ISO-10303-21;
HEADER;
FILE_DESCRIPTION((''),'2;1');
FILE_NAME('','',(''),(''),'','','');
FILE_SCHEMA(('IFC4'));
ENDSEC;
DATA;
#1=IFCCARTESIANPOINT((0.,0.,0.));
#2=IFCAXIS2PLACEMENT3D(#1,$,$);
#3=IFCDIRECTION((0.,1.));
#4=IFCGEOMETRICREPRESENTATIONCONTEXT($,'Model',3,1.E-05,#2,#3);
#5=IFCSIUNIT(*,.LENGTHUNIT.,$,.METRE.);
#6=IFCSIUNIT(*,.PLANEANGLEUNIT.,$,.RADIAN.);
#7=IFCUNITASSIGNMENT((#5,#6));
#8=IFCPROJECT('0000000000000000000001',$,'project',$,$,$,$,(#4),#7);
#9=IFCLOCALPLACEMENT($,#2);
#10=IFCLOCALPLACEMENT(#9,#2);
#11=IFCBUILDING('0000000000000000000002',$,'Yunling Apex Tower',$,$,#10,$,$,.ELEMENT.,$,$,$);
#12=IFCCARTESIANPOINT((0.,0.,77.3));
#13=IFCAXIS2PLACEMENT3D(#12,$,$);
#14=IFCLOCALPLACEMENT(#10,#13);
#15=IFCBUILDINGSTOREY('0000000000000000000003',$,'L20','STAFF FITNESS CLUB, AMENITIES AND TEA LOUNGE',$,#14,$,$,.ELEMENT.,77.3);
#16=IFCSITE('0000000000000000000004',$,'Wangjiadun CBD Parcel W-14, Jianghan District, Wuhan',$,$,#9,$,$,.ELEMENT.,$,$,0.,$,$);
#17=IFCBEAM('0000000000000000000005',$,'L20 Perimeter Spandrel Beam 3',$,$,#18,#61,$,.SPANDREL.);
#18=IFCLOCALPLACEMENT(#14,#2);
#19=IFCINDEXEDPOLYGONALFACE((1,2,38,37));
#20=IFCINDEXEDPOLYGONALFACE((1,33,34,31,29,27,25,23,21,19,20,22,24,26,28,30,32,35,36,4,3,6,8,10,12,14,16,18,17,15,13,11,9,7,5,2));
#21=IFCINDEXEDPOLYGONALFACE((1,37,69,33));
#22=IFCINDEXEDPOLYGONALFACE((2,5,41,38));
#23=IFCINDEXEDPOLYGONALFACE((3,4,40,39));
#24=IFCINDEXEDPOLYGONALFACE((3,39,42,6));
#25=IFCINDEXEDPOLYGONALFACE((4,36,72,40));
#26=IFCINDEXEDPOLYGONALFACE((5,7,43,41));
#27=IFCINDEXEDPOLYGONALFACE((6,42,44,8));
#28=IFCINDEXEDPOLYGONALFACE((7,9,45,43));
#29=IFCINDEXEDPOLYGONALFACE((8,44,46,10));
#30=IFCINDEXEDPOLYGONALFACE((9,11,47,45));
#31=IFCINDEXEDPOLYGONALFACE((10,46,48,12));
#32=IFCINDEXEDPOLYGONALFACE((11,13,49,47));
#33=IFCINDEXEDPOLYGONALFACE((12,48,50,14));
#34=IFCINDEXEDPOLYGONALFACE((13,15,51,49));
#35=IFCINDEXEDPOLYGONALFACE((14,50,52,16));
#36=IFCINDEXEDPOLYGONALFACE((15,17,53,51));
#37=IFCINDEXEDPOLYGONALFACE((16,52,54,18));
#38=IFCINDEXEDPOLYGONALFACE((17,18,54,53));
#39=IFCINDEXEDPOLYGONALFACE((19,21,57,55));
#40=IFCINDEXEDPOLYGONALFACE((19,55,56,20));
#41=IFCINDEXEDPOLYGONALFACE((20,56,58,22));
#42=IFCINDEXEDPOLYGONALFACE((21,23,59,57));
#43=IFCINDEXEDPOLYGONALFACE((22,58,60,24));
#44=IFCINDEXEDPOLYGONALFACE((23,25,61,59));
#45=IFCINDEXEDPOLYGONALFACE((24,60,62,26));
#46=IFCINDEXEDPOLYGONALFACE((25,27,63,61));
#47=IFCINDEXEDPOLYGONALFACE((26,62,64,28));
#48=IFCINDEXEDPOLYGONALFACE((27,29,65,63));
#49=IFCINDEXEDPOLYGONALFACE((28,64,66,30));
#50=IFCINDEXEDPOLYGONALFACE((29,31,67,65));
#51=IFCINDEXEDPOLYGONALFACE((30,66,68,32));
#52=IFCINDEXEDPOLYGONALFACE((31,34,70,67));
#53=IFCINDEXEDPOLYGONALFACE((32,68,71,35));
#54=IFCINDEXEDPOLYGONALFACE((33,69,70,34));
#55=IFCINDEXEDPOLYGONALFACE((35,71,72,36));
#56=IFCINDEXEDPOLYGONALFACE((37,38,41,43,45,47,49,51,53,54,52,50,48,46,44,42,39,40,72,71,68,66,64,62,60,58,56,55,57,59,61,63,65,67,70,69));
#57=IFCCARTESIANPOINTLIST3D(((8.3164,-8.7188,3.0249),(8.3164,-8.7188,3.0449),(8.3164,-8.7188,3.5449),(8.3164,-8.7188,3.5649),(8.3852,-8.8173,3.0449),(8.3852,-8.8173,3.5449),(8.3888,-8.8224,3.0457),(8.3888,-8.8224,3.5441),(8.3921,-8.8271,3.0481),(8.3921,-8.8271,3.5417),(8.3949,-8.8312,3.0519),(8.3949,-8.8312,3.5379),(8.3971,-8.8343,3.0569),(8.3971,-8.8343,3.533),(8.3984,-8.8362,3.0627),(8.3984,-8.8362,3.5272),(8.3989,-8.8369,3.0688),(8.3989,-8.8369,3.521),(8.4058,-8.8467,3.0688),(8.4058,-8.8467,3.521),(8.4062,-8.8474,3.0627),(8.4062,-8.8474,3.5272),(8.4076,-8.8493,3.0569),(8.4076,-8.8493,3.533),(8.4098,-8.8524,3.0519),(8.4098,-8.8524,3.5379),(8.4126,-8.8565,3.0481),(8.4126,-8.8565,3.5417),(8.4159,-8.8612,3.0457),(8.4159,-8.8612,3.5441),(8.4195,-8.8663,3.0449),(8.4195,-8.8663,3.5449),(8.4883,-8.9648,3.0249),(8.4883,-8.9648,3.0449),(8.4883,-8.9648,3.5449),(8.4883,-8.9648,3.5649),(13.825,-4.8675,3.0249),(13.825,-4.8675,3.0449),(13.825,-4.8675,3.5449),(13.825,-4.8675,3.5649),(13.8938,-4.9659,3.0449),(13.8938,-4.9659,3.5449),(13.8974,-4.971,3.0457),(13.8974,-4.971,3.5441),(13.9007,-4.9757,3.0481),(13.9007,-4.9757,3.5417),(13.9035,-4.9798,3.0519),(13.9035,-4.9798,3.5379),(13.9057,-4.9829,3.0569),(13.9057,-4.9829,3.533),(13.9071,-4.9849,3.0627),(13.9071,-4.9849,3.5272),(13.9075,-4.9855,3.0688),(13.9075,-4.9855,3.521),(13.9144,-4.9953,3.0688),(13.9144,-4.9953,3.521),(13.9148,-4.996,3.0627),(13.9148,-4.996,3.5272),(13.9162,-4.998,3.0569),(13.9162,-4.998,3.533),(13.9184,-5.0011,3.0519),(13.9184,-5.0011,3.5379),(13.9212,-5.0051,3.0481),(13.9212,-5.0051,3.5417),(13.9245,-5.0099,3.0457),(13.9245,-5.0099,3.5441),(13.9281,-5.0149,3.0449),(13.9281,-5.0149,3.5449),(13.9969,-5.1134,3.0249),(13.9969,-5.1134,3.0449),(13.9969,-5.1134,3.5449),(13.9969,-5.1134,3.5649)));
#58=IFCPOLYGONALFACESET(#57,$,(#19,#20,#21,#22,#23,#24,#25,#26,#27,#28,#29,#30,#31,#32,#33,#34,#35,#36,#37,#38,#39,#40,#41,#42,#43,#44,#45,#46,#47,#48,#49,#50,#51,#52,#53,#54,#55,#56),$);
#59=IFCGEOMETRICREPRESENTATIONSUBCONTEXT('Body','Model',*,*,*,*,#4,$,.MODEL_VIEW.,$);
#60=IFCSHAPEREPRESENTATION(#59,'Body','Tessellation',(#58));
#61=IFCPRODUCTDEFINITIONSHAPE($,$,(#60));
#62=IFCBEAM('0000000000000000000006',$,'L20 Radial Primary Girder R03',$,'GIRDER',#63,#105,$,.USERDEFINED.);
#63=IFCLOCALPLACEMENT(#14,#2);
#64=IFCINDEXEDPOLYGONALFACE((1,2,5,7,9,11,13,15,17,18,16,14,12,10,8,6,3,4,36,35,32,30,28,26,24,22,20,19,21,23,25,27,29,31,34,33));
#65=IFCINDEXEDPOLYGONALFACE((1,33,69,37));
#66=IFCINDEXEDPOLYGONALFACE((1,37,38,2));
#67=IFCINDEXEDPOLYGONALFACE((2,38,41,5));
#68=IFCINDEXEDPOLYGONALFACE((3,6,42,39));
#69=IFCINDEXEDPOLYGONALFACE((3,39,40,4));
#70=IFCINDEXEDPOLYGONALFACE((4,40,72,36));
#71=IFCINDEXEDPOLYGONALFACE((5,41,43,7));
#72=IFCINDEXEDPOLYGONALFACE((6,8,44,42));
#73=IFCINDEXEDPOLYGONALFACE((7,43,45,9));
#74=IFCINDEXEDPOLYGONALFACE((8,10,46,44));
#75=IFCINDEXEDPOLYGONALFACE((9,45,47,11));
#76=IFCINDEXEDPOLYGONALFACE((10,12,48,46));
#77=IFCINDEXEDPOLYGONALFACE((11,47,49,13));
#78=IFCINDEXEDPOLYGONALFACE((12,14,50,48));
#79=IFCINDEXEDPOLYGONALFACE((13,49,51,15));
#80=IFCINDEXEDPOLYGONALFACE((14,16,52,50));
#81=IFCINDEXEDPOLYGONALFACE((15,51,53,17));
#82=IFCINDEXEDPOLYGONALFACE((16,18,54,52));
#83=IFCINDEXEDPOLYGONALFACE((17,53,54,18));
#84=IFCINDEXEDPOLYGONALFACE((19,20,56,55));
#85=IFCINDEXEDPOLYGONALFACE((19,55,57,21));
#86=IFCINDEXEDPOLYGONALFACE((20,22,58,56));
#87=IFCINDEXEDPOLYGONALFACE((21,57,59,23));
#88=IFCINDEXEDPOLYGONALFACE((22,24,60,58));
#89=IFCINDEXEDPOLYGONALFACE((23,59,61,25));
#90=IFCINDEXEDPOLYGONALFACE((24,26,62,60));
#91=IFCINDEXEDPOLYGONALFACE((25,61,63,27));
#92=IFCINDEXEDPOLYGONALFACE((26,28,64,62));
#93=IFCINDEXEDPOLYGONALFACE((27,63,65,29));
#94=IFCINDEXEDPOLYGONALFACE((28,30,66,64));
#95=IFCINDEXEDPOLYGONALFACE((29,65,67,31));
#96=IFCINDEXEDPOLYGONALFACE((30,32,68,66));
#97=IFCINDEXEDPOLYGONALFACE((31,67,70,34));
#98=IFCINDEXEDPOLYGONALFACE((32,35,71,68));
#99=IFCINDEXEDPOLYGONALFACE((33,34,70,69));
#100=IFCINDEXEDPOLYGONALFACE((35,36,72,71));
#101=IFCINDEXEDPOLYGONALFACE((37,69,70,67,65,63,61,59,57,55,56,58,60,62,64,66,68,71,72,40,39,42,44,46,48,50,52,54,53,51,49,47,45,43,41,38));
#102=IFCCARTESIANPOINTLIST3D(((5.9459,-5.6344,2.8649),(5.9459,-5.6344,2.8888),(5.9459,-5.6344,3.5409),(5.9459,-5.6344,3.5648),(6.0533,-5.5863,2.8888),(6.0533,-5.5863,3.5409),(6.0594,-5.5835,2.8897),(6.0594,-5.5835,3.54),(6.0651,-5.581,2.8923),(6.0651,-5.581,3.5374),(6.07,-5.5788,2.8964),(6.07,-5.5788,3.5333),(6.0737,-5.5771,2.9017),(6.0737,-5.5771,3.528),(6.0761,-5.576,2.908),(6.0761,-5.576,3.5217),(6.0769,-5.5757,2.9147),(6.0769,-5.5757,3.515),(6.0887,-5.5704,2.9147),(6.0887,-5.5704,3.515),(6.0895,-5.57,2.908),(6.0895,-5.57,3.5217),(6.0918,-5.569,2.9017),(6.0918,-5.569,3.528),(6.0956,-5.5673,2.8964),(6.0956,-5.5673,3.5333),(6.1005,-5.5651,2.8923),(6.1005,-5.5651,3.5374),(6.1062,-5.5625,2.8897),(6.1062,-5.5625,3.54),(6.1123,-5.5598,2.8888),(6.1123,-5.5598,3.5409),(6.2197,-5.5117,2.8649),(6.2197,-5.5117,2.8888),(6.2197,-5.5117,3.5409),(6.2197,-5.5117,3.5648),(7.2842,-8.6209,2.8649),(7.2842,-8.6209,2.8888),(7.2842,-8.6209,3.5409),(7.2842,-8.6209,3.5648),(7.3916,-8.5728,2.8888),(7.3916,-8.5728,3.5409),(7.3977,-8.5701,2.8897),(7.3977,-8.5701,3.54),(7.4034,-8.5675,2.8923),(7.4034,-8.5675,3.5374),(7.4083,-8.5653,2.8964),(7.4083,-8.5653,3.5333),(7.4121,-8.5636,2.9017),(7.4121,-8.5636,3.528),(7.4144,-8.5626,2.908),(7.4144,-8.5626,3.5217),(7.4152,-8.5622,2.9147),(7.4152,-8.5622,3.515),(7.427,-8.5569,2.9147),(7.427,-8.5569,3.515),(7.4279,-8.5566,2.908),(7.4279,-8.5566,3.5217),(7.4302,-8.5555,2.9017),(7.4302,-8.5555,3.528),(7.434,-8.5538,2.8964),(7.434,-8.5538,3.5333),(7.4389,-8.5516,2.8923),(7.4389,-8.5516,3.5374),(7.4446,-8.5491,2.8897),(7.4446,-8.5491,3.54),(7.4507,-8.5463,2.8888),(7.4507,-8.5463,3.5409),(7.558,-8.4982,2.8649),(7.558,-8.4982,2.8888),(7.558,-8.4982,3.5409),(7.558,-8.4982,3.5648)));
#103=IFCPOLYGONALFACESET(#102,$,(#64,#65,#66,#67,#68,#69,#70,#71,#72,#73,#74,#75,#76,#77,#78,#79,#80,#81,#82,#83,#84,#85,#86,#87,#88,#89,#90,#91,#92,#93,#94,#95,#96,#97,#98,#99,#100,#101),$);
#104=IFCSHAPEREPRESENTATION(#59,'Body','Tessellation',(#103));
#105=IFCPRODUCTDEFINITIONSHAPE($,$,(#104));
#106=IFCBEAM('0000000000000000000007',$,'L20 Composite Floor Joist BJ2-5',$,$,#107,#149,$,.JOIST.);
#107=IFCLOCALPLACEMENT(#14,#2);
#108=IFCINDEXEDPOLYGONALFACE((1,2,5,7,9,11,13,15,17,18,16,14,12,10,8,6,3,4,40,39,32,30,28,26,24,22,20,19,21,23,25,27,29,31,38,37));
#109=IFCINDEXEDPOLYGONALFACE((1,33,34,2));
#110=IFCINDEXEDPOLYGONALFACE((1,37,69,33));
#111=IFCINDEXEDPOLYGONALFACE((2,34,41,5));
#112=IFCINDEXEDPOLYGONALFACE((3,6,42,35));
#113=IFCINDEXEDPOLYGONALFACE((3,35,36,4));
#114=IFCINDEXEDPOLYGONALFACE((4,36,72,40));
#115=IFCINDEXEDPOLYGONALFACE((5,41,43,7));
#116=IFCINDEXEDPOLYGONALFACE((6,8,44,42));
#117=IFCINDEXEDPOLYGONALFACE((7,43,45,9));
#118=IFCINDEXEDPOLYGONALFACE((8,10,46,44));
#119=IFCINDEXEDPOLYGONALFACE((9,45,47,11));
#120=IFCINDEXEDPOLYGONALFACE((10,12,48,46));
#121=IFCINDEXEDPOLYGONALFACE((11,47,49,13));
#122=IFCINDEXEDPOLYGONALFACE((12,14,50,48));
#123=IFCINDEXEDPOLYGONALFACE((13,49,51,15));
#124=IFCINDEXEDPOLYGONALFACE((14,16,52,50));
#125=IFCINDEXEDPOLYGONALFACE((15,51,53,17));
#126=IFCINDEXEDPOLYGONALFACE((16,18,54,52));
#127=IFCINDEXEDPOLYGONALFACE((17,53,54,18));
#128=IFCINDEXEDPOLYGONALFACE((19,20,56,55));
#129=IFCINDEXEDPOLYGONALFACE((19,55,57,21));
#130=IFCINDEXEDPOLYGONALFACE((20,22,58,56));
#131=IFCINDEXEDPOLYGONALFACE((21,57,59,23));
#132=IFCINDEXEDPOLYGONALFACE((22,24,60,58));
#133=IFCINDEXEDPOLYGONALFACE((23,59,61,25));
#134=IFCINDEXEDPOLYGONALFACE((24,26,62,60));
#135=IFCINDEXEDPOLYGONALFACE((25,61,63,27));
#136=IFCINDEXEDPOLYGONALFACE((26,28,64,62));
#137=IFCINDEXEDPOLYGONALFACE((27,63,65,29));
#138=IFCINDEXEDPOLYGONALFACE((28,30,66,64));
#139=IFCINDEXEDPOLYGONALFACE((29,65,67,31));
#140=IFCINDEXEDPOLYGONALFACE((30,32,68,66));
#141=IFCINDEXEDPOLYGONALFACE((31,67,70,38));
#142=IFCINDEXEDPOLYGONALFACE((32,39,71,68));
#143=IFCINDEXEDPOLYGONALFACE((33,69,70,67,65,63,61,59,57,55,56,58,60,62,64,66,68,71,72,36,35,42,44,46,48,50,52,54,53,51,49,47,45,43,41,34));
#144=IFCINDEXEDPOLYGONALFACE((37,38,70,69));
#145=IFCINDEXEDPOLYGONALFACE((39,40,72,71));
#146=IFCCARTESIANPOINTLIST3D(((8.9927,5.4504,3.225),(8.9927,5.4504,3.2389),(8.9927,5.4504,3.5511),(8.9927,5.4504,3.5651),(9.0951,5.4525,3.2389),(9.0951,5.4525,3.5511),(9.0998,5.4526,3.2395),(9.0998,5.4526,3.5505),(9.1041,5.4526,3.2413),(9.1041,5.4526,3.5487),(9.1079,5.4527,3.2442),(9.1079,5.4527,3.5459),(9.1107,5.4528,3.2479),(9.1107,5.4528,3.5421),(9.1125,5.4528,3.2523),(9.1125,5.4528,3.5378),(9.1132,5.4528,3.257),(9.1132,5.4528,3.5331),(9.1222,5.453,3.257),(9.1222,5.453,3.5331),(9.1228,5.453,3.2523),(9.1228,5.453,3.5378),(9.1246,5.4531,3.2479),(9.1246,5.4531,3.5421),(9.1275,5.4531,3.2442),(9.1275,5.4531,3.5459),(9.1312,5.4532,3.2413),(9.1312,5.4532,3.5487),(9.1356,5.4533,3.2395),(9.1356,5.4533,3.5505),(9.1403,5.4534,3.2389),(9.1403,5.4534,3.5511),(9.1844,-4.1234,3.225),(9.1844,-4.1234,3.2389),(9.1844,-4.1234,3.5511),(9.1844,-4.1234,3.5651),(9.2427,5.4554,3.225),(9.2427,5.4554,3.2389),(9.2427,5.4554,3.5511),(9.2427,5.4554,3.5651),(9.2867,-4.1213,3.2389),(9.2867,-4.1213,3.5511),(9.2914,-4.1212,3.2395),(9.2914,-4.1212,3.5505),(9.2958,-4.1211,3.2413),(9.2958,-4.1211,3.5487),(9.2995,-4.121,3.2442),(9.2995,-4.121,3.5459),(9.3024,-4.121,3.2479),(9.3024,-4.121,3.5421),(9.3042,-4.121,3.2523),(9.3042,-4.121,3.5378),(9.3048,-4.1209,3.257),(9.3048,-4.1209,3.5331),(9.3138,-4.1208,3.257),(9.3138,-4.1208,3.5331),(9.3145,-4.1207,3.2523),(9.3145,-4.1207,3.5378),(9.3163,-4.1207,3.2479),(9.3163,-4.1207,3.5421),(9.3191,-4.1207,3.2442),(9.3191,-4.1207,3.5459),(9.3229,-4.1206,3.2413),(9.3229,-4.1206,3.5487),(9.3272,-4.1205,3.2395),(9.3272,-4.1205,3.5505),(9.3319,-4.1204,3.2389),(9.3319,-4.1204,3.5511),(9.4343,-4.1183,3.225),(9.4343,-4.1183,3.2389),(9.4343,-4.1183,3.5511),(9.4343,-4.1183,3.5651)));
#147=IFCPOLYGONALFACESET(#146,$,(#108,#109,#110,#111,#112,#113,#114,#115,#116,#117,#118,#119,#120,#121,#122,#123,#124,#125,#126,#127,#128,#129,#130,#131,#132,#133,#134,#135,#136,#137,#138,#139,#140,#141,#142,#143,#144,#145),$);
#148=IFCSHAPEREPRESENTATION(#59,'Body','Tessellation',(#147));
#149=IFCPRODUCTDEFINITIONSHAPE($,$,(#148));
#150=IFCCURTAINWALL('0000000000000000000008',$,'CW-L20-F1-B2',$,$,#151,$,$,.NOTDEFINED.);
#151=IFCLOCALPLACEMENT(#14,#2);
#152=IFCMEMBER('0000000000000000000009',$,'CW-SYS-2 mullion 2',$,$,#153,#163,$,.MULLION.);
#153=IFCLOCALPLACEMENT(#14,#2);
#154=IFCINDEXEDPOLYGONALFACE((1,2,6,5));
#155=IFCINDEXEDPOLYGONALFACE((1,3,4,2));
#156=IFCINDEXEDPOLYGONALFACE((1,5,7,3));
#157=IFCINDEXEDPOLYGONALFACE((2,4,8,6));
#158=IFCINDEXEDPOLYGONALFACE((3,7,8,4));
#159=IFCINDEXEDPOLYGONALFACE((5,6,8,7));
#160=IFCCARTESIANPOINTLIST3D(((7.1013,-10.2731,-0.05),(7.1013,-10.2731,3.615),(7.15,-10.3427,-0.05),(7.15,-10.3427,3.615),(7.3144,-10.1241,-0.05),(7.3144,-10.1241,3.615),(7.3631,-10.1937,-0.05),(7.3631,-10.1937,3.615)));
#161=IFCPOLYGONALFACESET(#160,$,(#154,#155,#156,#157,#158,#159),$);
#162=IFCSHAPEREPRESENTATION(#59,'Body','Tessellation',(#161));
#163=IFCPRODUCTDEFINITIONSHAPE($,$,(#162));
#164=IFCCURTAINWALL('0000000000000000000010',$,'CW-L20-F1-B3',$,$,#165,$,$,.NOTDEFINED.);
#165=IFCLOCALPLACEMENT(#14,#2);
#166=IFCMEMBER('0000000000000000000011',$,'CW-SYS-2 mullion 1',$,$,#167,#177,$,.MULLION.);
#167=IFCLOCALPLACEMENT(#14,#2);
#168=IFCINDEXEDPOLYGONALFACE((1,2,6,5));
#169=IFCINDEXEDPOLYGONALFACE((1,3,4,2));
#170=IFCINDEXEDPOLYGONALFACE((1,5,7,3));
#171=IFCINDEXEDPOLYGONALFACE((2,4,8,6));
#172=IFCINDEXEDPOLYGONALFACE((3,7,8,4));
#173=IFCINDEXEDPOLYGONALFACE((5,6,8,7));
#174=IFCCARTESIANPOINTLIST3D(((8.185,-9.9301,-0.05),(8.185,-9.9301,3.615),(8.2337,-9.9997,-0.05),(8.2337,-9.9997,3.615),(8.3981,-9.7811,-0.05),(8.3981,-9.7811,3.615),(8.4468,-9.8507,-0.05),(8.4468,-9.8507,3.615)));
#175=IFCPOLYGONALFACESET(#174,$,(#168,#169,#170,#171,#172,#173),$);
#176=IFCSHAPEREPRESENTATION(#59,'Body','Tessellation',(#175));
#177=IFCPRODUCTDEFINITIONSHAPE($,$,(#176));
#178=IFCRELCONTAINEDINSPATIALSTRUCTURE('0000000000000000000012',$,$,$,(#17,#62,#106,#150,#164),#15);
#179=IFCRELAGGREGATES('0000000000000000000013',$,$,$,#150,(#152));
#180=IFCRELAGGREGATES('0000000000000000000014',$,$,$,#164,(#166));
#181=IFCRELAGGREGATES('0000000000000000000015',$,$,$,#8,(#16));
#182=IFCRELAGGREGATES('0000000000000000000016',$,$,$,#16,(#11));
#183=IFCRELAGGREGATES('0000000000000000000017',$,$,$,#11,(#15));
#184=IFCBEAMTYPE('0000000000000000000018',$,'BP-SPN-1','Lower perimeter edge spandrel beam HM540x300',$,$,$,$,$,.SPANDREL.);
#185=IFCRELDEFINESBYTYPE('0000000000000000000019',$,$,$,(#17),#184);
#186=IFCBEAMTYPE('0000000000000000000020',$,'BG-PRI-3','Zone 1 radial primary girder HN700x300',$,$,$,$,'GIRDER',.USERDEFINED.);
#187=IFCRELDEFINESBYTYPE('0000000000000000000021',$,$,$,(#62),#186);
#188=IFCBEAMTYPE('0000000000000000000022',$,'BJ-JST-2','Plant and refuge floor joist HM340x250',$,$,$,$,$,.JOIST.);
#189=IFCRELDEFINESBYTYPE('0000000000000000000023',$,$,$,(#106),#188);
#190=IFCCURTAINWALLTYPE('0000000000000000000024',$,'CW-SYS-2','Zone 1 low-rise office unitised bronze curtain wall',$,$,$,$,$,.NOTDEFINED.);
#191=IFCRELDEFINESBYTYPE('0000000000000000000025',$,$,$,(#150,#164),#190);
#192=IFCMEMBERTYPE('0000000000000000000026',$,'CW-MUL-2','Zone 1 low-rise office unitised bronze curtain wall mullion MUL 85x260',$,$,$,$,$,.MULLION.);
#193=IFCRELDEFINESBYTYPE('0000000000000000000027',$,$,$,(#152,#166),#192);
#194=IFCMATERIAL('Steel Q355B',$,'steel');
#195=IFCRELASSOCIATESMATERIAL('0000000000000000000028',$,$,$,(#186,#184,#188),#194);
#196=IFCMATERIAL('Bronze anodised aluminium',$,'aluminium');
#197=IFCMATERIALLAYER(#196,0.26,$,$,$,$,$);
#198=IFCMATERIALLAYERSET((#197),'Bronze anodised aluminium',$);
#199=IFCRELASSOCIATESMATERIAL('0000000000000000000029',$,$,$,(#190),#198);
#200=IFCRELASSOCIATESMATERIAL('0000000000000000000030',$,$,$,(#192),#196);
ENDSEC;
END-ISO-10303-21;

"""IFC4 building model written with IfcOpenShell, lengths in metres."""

from ifc_helpers import new_model, si_unit, direction, frame, origin, origin_2d, place, context, subcontext, project, spatial, rectangle, i_section, extrude, source, transform, mapped, material, layer, layer_set, material_profile, profile_set, type_object, element, aggregate, save


model = new_model("IFC4")

# Units and contexts
model_context = context("Model", 3, precision=1e-05, world=origin(), true_north=direction((0.0, 1.0)))
body_context = subcontext(model_context, "Body", "Model", "MODEL_VIEW")
ifc_project = project(units=[si_unit("LENGTHUNIT", "METRE"), si_unit("PLANEANGLEUNIT", "RADIAN")], contexts=[model_context])

# Site, building, storey
site_placement = place(None, origin())
site = spatial("IfcSite", under=ifc_project, at=site_placement, Name="Wangjiadun CBD Parcel W-14, Jianghan District, Wuhan", CompositionType="ELEMENT", RefElevation=0.0)
building_placement = place(site_placement, origin())
building = spatial("IfcBuilding", under=site, at=building_placement, Name="Yunling Apex Tower", CompositionType="ELEMENT")
storey_placement = place(building_placement, frame((0.0, 0.0, 77.3)))
storey = spatial("IfcBuildingStorey", under=building, at=storey_placement, Name="L20", Description="STAFF FITNESS CLUB, AMENITIES AND TEA LOUNGE", CompositionType="ELEMENT", Elevation=77.3)

# Beams
ifc_material_1 = material(Name="Steel Q355B", Category="steel")
ifc_material_profile_1 = material_profile(ifc_material_1, i_section(OverallWidth=0.3, OverallDepth=0.7, WebThickness=0.0129, FlangeThickness=0.0239, FilletRadius=0.0259, at=origin_2d()))
ifc_profile_set_1 = profile_set([ifc_material_profile_1], Name="Steel Q355B")
beam_type_1 = type_object("IfcBeamType", Name="BG-PRI-3", Description="Zone 1 radial primary girder HN700x300", ElementType="GIRDER", PredefinedType="USERDEFINED", material=ifc_profile_set_1)
ifc_material_profile_2 = material_profile(ifc_material_1, i_section(OverallWidth=0.3, OverallDepth=0.54, WebThickness=0.012, FlangeThickness=0.02, FilletRadius=0.0239, at=origin_2d()))
ifc_profile_set_2 = profile_set([ifc_material_profile_2], Name="Steel Q355B")
beam_type_2 = type_object("IfcBeamType", Name="BP-SPN-1", Description="Lower perimeter edge spandrel beam HM540x300", PredefinedType="SPANDREL", material=ifc_profile_set_2)
shared_shape_1 = source(origin(), body_context, "Body", "SweptSolid", [
    extrude(i_section(OverallWidth=0.3, OverallDepth=0.54, WebThickness=0.012, FlangeThickness=0.02, FilletRadius=0.0239, at=origin_2d()), origin(), (0.0, 0.0, 1.0), 6.7214),
])
beam_1_placement = place(storey_placement, frame((8.4023, -8.8418, 3.2949), z_axis=(0.819558, 0.572997, 0.0), x_axis=(-0.572997, 0.819558, 0.0)))
element("IfcBeam", 1, at=beam_1_placement, inside=storey, type_object=beam_type_2, Name="L20 Perimeter Spandrel Beam 3", PredefinedType="SPANDREL", context=body_context, shape_type="MappedRepresentation", body=[
    mapped(shared_shape_1, transform((0.0, 0.0, 0.0), scale=1.0)),
])
shared_shape_2 = source(origin(), body_context, "Body", "SweptSolid", [
    extrude(i_section(OverallWidth=0.3, OverallDepth=0.7, WebThickness=0.0129, FlangeThickness=0.0239, FilletRadius=0.0259, at=origin_2d()), origin(), (0.0, 0.0, 1.0), 3.2727),
])
beam_2_placement = place(storey_placement, frame((7.4211, -8.5596, 3.2148), z_axis=(-0.408947, 0.912558, 0.0), x_axis=(-0.912558, -0.408947, 0.0)))
element("IfcBeam", 2, at=beam_2_placement, inside=storey, type_object=beam_type_1, Name="L20 Radial Primary Girder R03", ObjectType="GIRDER", PredefinedType="USERDEFINED", context=body_context, shape_type="MappedRepresentation", body=[
    mapped(shared_shape_2, transform((0.0, 0.0, 0.0), scale=1.0)),
])
ifc_material_profile_3 = material_profile(ifc_material_1, i_section(OverallWidth=0.25, OverallDepth=0.3401, WebThickness=0.009, FlangeThickness=0.0139, FilletRadius=0.0181, at=origin_2d()))
ifc_profile_set_3 = profile_set([ifc_material_profile_3], Name="Steel Q355B")
beam_type_3 = type_object("IfcBeamType", Name="BJ-JST-2", Description="Plant and refuge floor joist HM340x250", PredefinedType="JOIST", material=ifc_profile_set_3)
shared_shape_3 = source(origin(), body_context, "Body", "SweptSolid", [
    extrude(i_section(OverallWidth=0.25, OverallDepth=0.3401, WebThickness=0.009, FlangeThickness=0.0139, FilletRadius=0.0181, at=origin_2d()), origin(), (0.0, 0.0, 1.0), 9.5757),
])
beam_3_placement = place(storey_placement, frame((9.3093, -4.1208, 3.395), z_axis=(-0.020014, 0.9998, 0.0), x_axis=(-0.9998, -0.020014, 0.0)))
element("IfcBeam", 3, at=beam_3_placement, inside=storey, type_object=beam_type_3, Name="L20 Composite Floor Joist BJ2-5", PredefinedType="JOIST", context=body_context, shape_type="MappedRepresentation", body=[
    mapped(shared_shape_3, transform((0.0, 0.0, 0.0), scale=1.0)),
])

# Curtain wall, member
ifc_material_2 = material(Name="Bronze anodised aluminium", Category="aluminium")
ifc_layer_1 = layer(ifc_material_2, 0.26)
ifc_layer_set_1 = layer_set([ifc_layer_1], Name="Bronze anodised aluminium")
curtain_wall_type = type_object("IfcCurtainWallType", Name="CW-SYS-2", Description="Zone 1 low-rise office unitised bronze curtain wall", PredefinedType="NOTDEFINED", material=ifc_layer_set_1)
curtain_wall_1_placement = place(storey_placement, origin())
curtain_wall_1 = element("IfcCurtainWall", 4, at=curtain_wall_1_placement, inside=storey, type_object=curtain_wall_type, Name="CW-L20-F1-B2", PredefinedType="NOTDEFINED")
ifc_material_profile_4 = material_profile(ifc_material_2, rectangle(XDim=0.085, YDim=0.26, at=origin_2d()))
ifc_profile_set_4 = profile_set([ifc_material_profile_4], Name="Bronze anodised aluminium")
member_type_1 = type_object("IfcMemberType", Name="CW-MUL-2", Description="Zone 1 low-rise office unitised bronze curtain wall mullion MUL 85x260", PredefinedType="MULLION", material=ifc_profile_set_4)
shared_shape_4 = source(origin(), body_context, "Body", "SweptSolid", [
    extrude(rectangle(XDim=0.085, YDim=0.26, at=origin_2d()), origin(), (0.0, 0.0, 1.0), 3.665),
])
member_1_placement = place(storey_placement, frame((7.2322, -10.2334, -0.05), z_axis=(0.0, 0.0, 1.0), x_axis=(-0.573003, 0.819553, 0.0)))
member_1 = element("IfcMember", 5, at=member_1_placement, type_object=member_type_1, Name="CW-SYS-2 mullion 2", PredefinedType="MULLION", context=body_context, shape_type="MappedRepresentation", body=[
    mapped(shared_shape_4, transform((0.0, 0.0, 0.0), scale=1.0)),
])
aggregate(curtain_wall_1, [member_1])

# Curtain wall, member
curtain_wall_2_placement = place(storey_placement, origin())
curtain_wall_2 = element("IfcCurtainWall", 6, at=curtain_wall_2_placement, inside=storey, type_object=curtain_wall_type, Name="CW-L20-F1-B3", PredefinedType="NOTDEFINED")
member_2_placement = place(storey_placement, frame((8.3159, -9.8904, -0.05), z_axis=(0.0, 0.0, 1.0), x_axis=(-0.572996, 0.819558, 0.0)))
member_2 = element("IfcMember", 7, at=member_2_placement, type_object=member_type_1, Name="CW-SYS-2 mullion 1", PredefinedType="MULLION", context=body_context, shape_type="MappedRepresentation", body=[
    mapped(shared_shape_4, transform((0.0, 0.0, 0.0), scale=1.0)),
])

aggregate(curtain_wall_2, [member_2])

save(model, "model.ifc")
